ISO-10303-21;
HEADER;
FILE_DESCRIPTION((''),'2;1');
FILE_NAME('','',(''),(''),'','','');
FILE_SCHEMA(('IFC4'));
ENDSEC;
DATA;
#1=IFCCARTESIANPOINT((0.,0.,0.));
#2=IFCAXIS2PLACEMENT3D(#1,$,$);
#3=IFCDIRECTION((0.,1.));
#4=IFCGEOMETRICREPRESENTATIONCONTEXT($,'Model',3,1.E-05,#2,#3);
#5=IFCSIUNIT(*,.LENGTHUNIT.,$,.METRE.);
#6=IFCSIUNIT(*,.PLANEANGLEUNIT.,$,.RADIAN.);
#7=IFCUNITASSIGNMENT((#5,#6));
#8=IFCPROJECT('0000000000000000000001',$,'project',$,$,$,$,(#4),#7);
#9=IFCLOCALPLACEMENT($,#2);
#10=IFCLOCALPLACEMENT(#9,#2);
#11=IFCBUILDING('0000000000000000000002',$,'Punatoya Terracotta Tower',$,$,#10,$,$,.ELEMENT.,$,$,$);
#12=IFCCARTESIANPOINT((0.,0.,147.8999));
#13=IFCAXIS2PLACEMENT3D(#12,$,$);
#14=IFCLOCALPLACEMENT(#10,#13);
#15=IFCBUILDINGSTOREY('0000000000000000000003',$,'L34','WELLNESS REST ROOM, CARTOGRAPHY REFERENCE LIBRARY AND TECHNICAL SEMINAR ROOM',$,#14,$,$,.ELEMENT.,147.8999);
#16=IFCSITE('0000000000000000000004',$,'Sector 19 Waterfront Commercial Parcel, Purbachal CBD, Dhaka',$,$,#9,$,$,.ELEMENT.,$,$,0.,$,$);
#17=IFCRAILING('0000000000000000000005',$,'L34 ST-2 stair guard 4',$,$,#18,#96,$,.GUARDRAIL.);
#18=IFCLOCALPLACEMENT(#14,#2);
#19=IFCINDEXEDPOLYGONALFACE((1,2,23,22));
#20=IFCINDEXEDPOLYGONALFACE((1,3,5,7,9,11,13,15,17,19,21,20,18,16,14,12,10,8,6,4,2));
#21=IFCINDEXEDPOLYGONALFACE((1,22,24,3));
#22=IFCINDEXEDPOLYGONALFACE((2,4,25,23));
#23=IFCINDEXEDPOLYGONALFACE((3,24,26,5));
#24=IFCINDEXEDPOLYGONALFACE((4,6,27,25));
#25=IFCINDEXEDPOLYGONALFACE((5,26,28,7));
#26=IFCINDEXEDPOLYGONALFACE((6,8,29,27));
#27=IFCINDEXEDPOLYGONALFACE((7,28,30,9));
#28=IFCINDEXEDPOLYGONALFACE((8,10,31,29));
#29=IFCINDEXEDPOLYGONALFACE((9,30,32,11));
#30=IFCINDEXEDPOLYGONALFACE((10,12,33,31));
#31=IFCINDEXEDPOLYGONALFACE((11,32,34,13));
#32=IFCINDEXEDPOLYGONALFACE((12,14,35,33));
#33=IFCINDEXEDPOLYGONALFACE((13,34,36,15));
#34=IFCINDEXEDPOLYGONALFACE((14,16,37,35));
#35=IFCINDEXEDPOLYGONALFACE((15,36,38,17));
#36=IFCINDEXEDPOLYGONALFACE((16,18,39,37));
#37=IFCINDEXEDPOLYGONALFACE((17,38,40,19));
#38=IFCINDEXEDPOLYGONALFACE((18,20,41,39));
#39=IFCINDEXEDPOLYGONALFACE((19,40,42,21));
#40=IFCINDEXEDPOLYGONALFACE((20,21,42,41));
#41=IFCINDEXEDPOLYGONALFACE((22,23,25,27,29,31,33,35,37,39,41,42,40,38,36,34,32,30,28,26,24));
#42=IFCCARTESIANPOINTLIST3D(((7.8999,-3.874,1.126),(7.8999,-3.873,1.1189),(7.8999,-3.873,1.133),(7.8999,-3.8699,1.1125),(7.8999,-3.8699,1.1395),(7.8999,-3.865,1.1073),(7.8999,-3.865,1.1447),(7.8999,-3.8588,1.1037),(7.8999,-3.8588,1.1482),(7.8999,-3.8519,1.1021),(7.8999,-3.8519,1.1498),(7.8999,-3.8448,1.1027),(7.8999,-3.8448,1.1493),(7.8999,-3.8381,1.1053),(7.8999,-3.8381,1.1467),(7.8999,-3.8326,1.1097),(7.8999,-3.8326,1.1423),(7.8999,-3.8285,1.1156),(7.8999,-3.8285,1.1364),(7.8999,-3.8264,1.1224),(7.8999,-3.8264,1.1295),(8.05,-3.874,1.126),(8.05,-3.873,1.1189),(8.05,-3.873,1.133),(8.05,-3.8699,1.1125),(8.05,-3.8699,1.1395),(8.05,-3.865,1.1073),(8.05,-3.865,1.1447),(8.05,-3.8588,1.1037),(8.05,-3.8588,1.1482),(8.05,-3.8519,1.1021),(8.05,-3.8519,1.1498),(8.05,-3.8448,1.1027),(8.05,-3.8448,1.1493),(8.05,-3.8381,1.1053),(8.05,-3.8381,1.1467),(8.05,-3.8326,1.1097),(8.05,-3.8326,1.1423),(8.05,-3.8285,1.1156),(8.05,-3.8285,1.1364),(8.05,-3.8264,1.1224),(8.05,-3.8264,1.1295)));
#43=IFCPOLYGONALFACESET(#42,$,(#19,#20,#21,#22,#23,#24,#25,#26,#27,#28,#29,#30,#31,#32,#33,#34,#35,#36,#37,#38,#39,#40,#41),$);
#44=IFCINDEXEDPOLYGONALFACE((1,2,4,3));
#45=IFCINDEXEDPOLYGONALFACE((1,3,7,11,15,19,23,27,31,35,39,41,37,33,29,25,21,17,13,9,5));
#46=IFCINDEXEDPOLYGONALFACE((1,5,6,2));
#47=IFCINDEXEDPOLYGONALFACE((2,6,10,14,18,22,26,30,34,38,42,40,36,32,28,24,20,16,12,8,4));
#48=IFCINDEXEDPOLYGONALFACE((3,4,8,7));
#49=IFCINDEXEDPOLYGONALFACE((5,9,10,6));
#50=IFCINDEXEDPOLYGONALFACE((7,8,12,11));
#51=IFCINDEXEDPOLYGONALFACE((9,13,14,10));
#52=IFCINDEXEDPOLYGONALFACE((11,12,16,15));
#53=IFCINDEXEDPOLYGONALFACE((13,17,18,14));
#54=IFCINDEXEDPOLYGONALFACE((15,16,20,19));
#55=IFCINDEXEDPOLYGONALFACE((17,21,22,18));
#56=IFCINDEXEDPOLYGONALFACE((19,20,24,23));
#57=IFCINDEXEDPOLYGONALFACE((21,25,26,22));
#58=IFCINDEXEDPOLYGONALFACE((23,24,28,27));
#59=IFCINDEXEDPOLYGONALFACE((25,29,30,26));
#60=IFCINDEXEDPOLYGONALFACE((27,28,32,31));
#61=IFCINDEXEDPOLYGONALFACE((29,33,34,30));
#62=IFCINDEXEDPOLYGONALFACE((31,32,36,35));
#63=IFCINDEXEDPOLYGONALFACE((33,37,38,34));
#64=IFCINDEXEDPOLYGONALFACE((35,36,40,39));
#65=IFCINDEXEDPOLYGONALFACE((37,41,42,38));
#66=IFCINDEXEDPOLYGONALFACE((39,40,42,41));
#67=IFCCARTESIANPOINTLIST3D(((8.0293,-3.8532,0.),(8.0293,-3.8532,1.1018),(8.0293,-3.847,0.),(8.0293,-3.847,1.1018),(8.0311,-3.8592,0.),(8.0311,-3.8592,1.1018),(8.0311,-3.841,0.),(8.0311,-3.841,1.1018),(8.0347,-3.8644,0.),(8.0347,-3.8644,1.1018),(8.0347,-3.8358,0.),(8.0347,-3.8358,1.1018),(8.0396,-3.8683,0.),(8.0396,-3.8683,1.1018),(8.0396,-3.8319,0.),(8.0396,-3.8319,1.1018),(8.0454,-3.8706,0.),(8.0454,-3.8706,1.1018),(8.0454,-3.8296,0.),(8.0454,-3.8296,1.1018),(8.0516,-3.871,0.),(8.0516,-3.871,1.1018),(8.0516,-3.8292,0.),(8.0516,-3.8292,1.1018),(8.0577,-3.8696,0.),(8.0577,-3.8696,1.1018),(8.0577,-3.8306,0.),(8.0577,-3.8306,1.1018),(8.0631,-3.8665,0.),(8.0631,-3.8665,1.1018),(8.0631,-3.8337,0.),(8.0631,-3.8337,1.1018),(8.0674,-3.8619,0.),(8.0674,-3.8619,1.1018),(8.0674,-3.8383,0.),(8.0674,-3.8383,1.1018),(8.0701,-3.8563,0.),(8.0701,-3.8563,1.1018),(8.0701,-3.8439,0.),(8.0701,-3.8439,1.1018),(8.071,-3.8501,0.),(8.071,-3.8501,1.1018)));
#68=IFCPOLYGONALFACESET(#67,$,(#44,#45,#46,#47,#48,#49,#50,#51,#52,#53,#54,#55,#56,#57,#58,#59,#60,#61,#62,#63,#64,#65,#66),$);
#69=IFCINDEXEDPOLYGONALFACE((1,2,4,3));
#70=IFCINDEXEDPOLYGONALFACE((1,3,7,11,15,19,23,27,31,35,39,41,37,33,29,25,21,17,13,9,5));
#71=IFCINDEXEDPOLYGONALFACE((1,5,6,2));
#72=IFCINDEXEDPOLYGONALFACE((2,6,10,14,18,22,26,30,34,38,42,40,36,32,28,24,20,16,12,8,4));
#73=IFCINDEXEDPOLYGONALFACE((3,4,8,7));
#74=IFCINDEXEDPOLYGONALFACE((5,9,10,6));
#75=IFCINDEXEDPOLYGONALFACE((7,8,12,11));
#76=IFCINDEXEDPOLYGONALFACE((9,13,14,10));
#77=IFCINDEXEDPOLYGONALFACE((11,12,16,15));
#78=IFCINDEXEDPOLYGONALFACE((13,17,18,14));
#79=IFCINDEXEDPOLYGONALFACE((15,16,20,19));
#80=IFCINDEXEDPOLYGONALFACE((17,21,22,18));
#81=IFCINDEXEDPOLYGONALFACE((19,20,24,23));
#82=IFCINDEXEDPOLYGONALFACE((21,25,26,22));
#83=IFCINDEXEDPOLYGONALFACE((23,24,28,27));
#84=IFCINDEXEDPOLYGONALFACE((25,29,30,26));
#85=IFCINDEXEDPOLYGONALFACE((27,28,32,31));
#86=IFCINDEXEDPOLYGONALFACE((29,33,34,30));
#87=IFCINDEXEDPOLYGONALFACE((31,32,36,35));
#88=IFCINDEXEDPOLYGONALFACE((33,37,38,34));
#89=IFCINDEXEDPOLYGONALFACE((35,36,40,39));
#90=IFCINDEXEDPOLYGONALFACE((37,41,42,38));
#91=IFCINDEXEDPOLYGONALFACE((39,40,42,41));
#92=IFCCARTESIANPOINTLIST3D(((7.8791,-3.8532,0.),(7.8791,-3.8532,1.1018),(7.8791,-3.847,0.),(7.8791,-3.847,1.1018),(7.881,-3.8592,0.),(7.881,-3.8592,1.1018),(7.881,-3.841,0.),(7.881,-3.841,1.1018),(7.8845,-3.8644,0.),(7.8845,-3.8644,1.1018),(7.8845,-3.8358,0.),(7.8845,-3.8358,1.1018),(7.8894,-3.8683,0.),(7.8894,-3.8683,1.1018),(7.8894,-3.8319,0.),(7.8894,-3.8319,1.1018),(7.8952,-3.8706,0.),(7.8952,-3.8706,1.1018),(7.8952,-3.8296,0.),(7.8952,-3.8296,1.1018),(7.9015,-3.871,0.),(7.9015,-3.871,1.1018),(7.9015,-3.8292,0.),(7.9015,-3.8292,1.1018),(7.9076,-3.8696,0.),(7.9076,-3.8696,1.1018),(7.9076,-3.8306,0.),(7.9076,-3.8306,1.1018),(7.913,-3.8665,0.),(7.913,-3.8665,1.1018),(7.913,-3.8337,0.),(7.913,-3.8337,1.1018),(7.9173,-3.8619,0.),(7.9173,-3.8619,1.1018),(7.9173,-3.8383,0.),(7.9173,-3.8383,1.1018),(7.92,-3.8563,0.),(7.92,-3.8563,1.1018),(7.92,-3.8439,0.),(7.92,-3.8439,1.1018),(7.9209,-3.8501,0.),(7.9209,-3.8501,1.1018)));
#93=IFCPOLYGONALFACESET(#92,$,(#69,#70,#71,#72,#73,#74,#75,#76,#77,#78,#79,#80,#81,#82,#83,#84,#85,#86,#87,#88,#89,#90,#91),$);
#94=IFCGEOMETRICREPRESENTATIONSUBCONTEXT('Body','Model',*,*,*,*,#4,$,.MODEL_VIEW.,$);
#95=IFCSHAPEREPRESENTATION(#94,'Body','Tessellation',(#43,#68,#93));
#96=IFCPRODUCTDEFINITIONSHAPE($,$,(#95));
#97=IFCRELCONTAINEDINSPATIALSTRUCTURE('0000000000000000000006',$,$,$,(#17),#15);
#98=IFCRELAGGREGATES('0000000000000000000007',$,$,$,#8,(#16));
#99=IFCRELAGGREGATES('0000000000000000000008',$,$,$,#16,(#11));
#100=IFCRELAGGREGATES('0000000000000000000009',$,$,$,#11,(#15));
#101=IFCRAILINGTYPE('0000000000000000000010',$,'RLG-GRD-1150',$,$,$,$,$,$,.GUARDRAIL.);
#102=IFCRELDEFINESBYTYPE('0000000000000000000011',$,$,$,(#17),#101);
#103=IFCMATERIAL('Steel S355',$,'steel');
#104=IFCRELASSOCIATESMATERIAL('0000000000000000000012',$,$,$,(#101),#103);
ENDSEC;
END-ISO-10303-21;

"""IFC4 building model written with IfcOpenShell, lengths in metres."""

from ifc_helpers import new_model, si_unit, direction, frame, origin, origin_2d, place, context, subcontext, project, spatial, circle, extrude, material, type_object, element, save


model = new_model("IFC4")

# Units and contexts
model_context = context("Model", 3, precision=1e-05, world=origin(), true_north=direction((0.0, 1.0)))
body_context = subcontext(model_context, "Body", "Model", "MODEL_VIEW")
ifc_project = project(units=[si_unit("LENGTHUNIT", "METRE"), si_unit("PLANEANGLEUNIT", "RADIAN")], contexts=[model_context])

# Site, building, storey
site_placement = place(None, origin())
site = spatial("IfcSite", under=ifc_project, at=site_placement, Name="Sector 19 Waterfront Commercial Parcel, Purbachal CBD, Dhaka", CompositionType="ELEMENT", RefElevation=0.0)
building_placement = place(site_placement, origin())
building = spatial("IfcBuilding", under=site, at=building_placement, Name="Punatoya Terracotta Tower", CompositionType="ELEMENT")
storey_placement = place(building_placement, frame((0.0, 0.0, 147.8999)))
storey = spatial("IfcBuildingStorey", under=building, at=storey_placement, Name="L34", Description="WELLNESS REST ROOM, CARTOGRAPHY REFERENCE LIBRARY AND TECHNICAL SEMINAR ROOM", CompositionType="ELEMENT", Elevation=147.8999)

# Shared definitions
ifc_material_1 = material(Name="Steel S355", Category="steel")

# Railing
railing_type_1 = type_object("IfcRailingType", Name="RLG-GRD-1150", PredefinedType="GUARDRAIL", material=ifc_material_1)
railing_1_placement = place(storey_placement, frame((8.05, -3.8501, 0.0)))
element("IfcRailing", 1, at=railing_1_placement, inside=storey, type_object=railing_type_1, Name="L34 ST-2 stair guard 4", PredefinedType="GUARDRAIL", context=body_context, shape_type="SweptSolid", body=[
    extrude(circle(Radius=0.0239, at=origin_2d()), frame((0.0, 0.0, 1.126), z_axis=(-1.0, 0.0, 0.0), x_axis=(0.0, -1.0, 0.0)), (0.0, 0.0, 1.0), 0.1501),
    extrude(circle(Radius=0.021, at=origin_2d()), origin(), (0.0, 0.0, 1.0), 1.1018),
    extrude(circle(Radius=0.021, at=origin_2d()), frame((-0.1501, 0.0, 0.0)), (0.0, 0.0, 1.0), 1.1018),
])

save(model, "model.ifc")
